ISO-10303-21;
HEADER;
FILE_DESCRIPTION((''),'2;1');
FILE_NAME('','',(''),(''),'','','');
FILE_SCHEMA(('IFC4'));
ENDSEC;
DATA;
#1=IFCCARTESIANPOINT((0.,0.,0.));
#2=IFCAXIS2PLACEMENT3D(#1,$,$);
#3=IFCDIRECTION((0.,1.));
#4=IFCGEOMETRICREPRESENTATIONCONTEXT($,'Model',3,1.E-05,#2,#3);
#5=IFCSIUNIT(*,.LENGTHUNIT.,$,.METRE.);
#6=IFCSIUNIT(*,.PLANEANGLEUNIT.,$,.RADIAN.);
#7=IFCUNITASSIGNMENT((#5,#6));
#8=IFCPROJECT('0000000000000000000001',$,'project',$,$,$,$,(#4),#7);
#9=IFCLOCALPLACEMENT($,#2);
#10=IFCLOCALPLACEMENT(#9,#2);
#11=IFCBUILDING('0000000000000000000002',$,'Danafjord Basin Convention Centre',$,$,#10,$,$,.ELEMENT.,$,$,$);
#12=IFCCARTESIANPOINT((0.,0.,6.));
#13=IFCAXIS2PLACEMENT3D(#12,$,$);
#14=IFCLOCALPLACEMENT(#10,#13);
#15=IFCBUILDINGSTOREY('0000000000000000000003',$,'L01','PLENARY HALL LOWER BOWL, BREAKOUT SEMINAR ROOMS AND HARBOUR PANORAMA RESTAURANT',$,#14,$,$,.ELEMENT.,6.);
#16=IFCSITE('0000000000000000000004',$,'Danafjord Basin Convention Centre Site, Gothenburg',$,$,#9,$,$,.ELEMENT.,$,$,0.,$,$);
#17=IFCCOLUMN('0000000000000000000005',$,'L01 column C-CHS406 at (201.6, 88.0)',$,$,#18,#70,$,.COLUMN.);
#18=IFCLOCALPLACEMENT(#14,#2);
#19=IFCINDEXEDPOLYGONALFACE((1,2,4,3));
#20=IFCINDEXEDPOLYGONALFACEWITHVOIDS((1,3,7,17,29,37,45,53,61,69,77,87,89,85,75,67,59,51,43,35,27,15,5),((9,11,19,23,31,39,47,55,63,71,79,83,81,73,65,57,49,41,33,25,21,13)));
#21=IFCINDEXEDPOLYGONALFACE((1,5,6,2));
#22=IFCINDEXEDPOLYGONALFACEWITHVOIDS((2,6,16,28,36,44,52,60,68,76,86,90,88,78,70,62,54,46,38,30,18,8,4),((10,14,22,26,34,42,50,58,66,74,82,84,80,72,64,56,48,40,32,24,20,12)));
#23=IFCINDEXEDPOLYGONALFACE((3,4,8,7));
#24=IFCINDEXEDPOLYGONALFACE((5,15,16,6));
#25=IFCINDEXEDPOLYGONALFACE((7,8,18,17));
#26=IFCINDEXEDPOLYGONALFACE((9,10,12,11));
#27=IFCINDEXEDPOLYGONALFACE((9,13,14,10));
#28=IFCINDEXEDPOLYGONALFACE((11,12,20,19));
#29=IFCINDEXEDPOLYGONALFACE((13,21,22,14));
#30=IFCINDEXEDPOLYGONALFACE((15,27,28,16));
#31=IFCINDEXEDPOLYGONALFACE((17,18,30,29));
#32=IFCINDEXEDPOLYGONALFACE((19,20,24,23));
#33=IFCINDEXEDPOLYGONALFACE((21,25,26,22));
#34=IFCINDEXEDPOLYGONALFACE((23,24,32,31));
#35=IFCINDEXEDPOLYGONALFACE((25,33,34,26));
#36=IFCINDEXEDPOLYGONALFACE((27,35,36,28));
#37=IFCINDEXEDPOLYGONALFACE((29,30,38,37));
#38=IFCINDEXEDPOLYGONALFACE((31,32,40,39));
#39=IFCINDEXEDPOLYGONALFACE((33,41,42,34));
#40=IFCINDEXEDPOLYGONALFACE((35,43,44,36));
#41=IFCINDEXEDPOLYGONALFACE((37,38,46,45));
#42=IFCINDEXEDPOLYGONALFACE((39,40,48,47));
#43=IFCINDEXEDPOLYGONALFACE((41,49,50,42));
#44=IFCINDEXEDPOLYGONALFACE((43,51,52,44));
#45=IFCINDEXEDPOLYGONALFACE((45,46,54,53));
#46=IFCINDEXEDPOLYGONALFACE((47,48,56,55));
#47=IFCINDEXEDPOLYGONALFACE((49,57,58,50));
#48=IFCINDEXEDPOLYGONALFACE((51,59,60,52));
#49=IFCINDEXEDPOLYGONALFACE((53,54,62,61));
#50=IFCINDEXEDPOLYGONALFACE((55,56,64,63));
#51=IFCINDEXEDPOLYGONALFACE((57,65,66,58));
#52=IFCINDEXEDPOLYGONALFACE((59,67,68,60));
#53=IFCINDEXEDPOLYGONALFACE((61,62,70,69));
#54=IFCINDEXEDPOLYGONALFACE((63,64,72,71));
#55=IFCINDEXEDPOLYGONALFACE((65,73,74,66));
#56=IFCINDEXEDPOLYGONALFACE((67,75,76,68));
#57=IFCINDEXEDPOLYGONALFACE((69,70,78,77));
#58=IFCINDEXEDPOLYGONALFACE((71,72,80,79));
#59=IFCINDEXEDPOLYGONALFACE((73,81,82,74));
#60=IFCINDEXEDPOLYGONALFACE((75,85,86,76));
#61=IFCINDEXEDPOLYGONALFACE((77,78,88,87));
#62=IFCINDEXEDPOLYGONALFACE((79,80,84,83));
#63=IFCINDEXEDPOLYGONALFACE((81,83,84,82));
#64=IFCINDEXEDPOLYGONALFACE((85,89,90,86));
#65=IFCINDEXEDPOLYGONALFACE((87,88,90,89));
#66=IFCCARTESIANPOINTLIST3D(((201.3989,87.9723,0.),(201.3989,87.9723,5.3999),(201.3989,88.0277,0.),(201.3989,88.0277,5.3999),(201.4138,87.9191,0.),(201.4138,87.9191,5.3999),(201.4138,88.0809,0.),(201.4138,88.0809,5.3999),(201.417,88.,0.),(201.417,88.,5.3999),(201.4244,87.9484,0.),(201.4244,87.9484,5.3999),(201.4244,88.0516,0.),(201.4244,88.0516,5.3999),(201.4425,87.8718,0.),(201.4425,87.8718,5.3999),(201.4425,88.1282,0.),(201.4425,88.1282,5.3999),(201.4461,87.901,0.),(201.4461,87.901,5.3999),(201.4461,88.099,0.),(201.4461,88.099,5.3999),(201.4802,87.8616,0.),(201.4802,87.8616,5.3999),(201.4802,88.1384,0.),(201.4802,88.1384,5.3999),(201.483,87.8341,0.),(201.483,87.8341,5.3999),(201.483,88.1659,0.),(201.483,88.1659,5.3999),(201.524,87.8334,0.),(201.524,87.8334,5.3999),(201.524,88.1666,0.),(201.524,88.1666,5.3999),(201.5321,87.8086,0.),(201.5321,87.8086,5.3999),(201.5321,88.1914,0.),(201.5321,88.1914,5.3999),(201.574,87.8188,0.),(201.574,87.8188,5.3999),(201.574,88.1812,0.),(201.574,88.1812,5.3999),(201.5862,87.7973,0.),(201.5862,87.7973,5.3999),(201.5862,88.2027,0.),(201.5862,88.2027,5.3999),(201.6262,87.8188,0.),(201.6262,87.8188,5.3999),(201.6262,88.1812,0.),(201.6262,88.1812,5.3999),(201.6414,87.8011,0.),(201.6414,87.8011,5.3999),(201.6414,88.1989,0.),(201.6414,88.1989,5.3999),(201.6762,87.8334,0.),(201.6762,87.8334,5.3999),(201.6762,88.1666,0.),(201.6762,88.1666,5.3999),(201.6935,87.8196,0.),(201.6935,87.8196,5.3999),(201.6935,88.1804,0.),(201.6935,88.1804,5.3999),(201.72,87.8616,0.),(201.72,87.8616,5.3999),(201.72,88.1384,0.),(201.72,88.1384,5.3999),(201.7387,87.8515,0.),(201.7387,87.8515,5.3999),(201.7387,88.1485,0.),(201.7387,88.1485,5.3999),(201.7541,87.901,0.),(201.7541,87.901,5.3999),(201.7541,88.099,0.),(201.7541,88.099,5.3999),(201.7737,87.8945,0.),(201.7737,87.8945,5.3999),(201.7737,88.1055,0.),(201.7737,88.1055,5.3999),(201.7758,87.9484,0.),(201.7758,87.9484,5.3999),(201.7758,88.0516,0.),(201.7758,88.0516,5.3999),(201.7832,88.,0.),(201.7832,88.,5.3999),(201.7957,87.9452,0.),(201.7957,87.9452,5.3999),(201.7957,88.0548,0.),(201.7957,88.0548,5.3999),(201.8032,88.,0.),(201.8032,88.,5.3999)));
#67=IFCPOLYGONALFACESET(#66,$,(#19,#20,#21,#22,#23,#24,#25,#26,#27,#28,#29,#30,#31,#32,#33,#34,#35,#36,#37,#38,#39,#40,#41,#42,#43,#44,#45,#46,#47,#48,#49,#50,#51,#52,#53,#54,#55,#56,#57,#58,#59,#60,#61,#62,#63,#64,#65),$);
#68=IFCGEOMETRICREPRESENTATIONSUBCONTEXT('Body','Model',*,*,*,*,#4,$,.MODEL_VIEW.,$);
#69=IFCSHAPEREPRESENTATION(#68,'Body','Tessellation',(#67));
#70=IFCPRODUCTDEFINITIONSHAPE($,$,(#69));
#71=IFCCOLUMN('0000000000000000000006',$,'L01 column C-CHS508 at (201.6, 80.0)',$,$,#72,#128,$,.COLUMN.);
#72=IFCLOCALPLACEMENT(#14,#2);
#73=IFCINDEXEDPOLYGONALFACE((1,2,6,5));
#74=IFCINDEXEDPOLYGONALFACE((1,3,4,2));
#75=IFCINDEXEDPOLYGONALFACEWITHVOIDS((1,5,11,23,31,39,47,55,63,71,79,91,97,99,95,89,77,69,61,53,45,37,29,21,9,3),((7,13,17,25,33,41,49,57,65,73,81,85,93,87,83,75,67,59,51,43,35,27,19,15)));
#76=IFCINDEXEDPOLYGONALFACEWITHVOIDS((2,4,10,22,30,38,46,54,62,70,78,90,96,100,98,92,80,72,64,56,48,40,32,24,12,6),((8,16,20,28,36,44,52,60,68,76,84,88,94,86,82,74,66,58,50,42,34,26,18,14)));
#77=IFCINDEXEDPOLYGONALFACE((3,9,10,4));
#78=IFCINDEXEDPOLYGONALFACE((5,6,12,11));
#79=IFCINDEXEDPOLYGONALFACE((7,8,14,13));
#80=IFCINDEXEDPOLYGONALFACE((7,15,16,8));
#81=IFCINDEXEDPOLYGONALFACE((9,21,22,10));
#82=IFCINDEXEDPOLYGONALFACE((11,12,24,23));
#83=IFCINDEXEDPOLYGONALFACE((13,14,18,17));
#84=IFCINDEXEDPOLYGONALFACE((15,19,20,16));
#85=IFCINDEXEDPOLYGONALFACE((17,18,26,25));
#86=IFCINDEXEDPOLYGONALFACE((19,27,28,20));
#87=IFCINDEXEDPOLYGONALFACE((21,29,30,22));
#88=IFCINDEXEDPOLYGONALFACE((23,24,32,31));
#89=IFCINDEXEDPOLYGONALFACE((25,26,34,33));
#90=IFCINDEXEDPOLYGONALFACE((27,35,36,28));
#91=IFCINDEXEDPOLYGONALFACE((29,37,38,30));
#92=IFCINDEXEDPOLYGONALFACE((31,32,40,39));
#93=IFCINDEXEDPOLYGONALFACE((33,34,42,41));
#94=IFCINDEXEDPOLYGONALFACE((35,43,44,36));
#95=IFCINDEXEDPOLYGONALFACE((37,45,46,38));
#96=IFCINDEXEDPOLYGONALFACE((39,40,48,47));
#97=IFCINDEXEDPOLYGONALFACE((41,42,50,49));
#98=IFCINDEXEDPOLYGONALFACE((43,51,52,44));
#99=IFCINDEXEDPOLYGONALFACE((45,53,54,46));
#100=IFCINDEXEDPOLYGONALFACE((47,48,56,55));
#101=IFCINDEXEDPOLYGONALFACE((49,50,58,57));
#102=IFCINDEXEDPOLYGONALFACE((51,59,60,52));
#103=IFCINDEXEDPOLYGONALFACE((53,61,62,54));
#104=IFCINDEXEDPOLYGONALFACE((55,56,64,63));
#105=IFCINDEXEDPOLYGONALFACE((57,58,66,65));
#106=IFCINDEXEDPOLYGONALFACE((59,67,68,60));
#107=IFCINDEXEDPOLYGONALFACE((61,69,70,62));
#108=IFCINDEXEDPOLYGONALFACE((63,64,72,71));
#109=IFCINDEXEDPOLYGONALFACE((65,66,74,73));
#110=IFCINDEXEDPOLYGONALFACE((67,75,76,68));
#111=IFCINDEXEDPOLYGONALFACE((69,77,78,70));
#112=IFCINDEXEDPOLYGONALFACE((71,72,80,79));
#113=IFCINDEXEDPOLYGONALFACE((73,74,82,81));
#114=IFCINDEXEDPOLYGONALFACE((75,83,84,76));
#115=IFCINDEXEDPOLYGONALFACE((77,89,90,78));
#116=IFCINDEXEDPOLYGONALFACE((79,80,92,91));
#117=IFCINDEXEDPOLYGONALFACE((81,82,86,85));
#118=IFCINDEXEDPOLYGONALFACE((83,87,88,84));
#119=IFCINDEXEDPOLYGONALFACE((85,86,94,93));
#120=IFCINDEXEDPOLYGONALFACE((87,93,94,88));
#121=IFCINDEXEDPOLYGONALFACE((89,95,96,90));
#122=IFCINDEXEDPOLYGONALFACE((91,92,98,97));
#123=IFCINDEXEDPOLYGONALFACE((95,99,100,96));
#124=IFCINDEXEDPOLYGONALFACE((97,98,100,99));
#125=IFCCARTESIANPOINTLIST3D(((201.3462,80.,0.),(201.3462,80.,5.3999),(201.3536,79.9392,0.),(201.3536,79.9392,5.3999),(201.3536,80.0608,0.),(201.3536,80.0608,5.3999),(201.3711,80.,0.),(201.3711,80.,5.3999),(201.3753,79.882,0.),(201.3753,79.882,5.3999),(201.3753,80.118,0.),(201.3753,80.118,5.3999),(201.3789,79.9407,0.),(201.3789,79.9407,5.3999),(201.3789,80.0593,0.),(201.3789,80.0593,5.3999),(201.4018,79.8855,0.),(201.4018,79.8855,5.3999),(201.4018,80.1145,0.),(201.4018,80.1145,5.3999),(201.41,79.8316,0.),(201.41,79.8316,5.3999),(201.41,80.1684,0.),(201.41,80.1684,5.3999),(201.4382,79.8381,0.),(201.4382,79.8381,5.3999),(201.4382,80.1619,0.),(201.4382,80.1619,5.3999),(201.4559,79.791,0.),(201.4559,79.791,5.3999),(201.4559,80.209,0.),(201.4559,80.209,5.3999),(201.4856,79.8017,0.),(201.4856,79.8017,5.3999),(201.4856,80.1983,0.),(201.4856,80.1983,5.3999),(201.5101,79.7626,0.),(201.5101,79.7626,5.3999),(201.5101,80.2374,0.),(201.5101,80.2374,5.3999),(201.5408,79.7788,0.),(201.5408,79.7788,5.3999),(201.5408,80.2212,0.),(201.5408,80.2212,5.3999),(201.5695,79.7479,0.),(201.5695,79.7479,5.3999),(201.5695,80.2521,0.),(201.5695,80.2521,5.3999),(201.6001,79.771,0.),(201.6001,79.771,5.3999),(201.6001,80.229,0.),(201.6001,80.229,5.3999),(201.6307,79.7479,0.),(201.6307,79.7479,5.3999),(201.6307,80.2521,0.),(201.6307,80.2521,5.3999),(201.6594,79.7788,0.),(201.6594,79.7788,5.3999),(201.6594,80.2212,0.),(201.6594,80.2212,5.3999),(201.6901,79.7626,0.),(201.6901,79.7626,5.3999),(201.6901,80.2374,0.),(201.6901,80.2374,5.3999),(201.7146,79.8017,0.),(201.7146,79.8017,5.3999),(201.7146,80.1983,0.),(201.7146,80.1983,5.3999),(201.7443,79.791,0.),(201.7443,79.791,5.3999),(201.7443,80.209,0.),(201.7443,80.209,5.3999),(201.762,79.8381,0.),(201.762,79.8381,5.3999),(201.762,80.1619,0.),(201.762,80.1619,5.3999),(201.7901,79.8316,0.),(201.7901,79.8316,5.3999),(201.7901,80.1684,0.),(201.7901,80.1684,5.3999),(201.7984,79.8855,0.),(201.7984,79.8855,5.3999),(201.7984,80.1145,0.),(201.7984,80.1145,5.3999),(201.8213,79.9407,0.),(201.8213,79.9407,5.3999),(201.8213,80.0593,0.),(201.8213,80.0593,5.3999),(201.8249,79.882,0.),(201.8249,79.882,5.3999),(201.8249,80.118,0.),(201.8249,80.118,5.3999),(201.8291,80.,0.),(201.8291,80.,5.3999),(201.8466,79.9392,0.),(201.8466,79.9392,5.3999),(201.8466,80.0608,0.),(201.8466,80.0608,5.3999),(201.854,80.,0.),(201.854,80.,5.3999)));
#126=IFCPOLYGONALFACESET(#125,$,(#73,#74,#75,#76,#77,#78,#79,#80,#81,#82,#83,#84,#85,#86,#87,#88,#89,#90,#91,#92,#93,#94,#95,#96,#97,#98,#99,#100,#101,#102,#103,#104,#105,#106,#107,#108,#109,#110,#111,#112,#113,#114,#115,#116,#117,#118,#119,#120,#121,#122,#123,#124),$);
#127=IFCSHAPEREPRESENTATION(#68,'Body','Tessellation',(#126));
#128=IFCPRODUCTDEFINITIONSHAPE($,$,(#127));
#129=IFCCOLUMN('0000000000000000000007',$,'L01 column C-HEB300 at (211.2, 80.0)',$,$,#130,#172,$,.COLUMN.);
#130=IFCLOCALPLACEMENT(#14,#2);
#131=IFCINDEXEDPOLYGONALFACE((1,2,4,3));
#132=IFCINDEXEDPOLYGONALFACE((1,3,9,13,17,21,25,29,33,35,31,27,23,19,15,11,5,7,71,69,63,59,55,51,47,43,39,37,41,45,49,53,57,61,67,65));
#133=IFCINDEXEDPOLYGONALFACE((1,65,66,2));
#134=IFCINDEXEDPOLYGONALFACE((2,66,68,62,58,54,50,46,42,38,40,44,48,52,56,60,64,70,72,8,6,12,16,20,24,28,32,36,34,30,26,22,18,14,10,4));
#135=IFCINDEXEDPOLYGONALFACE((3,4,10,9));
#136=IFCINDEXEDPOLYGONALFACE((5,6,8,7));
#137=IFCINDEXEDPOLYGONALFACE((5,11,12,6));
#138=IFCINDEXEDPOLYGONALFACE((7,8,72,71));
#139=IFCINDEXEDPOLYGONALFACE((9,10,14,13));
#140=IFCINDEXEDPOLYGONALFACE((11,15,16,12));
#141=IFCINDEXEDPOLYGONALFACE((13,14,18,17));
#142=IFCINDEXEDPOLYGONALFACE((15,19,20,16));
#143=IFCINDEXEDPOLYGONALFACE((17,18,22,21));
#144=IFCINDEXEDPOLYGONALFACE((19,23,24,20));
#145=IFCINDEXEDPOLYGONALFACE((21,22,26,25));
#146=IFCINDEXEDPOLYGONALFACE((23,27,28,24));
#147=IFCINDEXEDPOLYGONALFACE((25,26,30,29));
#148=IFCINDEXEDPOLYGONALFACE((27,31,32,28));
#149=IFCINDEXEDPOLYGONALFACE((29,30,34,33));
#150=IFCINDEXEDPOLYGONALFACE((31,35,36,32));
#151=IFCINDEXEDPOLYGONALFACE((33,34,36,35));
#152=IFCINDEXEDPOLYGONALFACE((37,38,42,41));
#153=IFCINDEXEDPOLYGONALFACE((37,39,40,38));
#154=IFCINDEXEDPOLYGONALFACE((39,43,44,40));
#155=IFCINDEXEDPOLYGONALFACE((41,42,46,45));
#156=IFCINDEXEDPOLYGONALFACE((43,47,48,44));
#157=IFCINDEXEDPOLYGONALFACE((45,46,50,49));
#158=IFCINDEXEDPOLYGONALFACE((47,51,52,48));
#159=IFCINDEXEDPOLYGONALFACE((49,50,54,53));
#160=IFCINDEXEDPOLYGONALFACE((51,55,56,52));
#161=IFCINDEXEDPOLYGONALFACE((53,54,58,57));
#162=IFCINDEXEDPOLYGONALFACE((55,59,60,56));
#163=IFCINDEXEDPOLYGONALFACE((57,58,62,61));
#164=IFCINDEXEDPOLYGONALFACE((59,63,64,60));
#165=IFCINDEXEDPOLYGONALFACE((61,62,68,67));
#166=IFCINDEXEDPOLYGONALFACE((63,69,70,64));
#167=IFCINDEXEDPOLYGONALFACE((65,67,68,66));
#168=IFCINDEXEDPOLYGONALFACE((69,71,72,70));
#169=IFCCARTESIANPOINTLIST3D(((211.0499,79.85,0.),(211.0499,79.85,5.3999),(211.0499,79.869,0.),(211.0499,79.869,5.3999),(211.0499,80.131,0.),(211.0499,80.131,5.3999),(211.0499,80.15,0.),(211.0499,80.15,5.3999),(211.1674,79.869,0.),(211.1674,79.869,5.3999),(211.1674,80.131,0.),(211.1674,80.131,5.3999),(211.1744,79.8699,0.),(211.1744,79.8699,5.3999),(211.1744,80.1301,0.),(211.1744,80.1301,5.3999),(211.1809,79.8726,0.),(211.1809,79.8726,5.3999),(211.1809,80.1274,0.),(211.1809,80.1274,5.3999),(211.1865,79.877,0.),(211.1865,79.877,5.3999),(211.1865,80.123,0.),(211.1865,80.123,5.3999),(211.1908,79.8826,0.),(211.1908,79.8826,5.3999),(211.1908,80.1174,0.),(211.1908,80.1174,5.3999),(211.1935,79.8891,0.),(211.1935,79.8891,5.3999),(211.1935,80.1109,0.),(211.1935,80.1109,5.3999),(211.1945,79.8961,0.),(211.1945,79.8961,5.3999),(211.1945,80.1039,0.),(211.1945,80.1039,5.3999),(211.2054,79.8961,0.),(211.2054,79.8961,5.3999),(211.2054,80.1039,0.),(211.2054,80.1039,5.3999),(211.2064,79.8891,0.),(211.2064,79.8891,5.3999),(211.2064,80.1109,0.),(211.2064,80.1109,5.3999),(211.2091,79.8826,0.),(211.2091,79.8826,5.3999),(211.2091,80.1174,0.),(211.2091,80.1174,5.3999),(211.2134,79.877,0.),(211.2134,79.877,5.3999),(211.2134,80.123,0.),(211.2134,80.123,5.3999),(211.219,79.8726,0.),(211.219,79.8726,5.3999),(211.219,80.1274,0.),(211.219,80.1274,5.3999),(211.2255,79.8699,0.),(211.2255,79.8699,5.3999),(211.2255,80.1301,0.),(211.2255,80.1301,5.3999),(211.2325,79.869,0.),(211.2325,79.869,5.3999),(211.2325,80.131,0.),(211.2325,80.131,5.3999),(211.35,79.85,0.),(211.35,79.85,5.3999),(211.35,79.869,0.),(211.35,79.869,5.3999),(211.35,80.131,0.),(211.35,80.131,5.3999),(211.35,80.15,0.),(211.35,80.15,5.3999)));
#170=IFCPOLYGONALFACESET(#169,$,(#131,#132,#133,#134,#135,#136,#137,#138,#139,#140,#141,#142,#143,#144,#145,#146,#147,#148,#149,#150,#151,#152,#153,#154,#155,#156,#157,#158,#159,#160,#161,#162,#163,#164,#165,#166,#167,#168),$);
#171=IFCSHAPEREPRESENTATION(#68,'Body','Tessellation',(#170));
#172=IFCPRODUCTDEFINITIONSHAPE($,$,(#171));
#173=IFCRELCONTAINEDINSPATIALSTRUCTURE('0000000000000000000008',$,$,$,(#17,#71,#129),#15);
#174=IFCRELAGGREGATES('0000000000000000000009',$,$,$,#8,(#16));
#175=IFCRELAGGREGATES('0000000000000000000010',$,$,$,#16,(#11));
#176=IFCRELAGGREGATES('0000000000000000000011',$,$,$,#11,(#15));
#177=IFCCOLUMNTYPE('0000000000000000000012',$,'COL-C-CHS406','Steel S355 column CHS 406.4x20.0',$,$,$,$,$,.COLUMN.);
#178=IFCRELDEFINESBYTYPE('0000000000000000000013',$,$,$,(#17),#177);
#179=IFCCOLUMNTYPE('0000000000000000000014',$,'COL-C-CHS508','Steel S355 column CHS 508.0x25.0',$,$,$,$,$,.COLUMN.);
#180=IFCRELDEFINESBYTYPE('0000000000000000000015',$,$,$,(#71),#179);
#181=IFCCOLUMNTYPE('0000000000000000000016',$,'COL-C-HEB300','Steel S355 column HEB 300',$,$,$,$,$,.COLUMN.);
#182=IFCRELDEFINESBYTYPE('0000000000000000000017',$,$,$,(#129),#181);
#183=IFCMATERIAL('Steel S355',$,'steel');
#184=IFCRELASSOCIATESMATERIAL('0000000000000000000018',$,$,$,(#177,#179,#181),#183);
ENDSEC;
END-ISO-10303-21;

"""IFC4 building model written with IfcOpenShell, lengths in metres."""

from ifc_helpers import new_model, si_unit, direction, frame, origin, origin_2d, place, context, subcontext, project, spatial, hollow_circle, i_section, extrude, material, material_profile, profile_set, type_object, element, save


model = new_model("IFC4")

# Units and contexts
model_context = context("Model", 3, precision=1e-05, world=origin(), true_north=direction((0.0, 1.0)))
body_context = subcontext(model_context, "Body", "Model", "MODEL_VIEW")
ifc_project = project(units=[si_unit("LENGTHUNIT", "METRE"), si_unit("PLANEANGLEUNIT", "RADIAN")], contexts=[model_context])

# Site, building, storey
site_placement = place(None, origin())
site = spatial("IfcSite", under=ifc_project, at=site_placement, Name="Danafjord Basin Convention Centre Site, Gothenburg", CompositionType="ELEMENT", RefElevation=0.0)
building_placement = place(site_placement, origin())
building = spatial("IfcBuilding", under=site, at=building_placement, Name="Danafjord Basin Convention Centre", CompositionType="ELEMENT")
storey_placement = place(building_placement, frame((0.0, 0.0, 6.0)))
storey = spatial("IfcBuildingStorey", under=building, at=storey_placement, Name="L01", Description="PLENARY HALL LOWER BOWL, BREAKOUT SEMINAR ROOMS AND HARBOUR PANORAMA RESTAURANT", CompositionType="ELEMENT", Elevation=6.0)

# Columns
ifc_material_1 = material(Name="Steel S355", Category="steel")
ifc_material_profile_1 = material_profile(ifc_material_1, hollow_circle(Radius=0.2031, WallThickness=0.02, at=origin_2d()), Name="CHS 406.4x20.0")
ifc_profile_set_1 = profile_set([ifc_material_profile_1], Name="Steel S355")
column_type_1 = type_object("IfcColumnType", Name="COL-C-CHS406", Description="Steel S355 column CHS 406.4x20.0", PredefinedType="COLUMN", material=ifc_profile_set_1)
column_1_placement = place(storey_placement, frame((201.6001, 88.0, 0.0), z_axis=(0.0, 0.0, 1.0), x_axis=(1.0, 0.0, 0.0)))
element("IfcColumn", 1, at=column_1_placement, inside=storey, type_object=column_type_1, Name="L01 column C-CHS406 at (201.6, 88.0)", PredefinedType="COLUMN", context=body_context, shape_type="SweptSolid", body=[
    extrude(hollow_circle(Radius=0.2031, WallThickness=0.02, at=origin_2d()), origin(), (0.0, 0.0, 1.0), 5.3999),
])
ifc_material_profile_2 = material_profile(ifc_material_1, hollow_circle(Radius=0.2539, WallThickness=0.0249, at=origin_2d()), Name="CHS 508.0x25.0")
ifc_profile_set_2 = profile_set([ifc_material_profile_2], Name="Steel S355")
column_type_2 = type_object("IfcColumnType", Name="COL-C-CHS508", Description="Steel S355 column CHS 508.0x25.0", PredefinedType="COLUMN", material=ifc_profile_set_2)
column_2_placement = place(storey_placement, frame((201.6001, 80.0, 0.0), z_axis=(0.0, 0.0, 1.0), x_axis=(1.0, 0.0, 0.0)))
element("IfcColumn", 2, at=column_2_placement, inside=storey, type_object=column_type_2, Name="L01 column C-CHS508 at (201.6, 80.0)", PredefinedType="COLUMN", context=body_context, shape_type="SweptSolid", body=[
    extrude(hollow_circle(Radius=0.2539, WallThickness=0.0249, at=origin_2d()), origin(), (0.0, 0.0, 1.0), 5.3999),
])
ifc_material_profile_3 = material_profile(ifc_material_1, i_section(OverallWidth=0.3, OverallDepth=0.3, WebThickness=0.011, FlangeThickness=0.019, FilletRadius=0.0271, at=origin_2d()), Name="HEB 300")
ifc_profile_set_3 = profile_set([ifc_material_profile_3], Name="Steel S355")
column_type_3 = type_object("IfcColumnType", Name="COL-C-HEB300", Description="Steel S355 column HEB 300", PredefinedType="COLUMN", material=ifc_profile_set_3)
column_3_placement = place(storey_placement, frame((211.2, 80.0, 0.0), z_axis=(0.0, 0.0, 1.0), x_axis=(1.0, 0.0, 0.0)))
element("IfcColumn", 3, at=column_3_placement, inside=storey, type_object=column_type_3, Name="L01 column C-HEB300 at (211.2, 80.0)", PredefinedType="COLUMN", context=body_context, shape_type="SweptSolid", body=[
    extrude(i_section(OverallWidth=0.3, OverallDepth=0.3, WebThickness=0.011, FlangeThickness=0.019, FilletRadius=0.0271, at=origin_2d()), origin(), (0.0, 0.0, 1.0), 5.3999),
])

save(model, "model.ifc")
